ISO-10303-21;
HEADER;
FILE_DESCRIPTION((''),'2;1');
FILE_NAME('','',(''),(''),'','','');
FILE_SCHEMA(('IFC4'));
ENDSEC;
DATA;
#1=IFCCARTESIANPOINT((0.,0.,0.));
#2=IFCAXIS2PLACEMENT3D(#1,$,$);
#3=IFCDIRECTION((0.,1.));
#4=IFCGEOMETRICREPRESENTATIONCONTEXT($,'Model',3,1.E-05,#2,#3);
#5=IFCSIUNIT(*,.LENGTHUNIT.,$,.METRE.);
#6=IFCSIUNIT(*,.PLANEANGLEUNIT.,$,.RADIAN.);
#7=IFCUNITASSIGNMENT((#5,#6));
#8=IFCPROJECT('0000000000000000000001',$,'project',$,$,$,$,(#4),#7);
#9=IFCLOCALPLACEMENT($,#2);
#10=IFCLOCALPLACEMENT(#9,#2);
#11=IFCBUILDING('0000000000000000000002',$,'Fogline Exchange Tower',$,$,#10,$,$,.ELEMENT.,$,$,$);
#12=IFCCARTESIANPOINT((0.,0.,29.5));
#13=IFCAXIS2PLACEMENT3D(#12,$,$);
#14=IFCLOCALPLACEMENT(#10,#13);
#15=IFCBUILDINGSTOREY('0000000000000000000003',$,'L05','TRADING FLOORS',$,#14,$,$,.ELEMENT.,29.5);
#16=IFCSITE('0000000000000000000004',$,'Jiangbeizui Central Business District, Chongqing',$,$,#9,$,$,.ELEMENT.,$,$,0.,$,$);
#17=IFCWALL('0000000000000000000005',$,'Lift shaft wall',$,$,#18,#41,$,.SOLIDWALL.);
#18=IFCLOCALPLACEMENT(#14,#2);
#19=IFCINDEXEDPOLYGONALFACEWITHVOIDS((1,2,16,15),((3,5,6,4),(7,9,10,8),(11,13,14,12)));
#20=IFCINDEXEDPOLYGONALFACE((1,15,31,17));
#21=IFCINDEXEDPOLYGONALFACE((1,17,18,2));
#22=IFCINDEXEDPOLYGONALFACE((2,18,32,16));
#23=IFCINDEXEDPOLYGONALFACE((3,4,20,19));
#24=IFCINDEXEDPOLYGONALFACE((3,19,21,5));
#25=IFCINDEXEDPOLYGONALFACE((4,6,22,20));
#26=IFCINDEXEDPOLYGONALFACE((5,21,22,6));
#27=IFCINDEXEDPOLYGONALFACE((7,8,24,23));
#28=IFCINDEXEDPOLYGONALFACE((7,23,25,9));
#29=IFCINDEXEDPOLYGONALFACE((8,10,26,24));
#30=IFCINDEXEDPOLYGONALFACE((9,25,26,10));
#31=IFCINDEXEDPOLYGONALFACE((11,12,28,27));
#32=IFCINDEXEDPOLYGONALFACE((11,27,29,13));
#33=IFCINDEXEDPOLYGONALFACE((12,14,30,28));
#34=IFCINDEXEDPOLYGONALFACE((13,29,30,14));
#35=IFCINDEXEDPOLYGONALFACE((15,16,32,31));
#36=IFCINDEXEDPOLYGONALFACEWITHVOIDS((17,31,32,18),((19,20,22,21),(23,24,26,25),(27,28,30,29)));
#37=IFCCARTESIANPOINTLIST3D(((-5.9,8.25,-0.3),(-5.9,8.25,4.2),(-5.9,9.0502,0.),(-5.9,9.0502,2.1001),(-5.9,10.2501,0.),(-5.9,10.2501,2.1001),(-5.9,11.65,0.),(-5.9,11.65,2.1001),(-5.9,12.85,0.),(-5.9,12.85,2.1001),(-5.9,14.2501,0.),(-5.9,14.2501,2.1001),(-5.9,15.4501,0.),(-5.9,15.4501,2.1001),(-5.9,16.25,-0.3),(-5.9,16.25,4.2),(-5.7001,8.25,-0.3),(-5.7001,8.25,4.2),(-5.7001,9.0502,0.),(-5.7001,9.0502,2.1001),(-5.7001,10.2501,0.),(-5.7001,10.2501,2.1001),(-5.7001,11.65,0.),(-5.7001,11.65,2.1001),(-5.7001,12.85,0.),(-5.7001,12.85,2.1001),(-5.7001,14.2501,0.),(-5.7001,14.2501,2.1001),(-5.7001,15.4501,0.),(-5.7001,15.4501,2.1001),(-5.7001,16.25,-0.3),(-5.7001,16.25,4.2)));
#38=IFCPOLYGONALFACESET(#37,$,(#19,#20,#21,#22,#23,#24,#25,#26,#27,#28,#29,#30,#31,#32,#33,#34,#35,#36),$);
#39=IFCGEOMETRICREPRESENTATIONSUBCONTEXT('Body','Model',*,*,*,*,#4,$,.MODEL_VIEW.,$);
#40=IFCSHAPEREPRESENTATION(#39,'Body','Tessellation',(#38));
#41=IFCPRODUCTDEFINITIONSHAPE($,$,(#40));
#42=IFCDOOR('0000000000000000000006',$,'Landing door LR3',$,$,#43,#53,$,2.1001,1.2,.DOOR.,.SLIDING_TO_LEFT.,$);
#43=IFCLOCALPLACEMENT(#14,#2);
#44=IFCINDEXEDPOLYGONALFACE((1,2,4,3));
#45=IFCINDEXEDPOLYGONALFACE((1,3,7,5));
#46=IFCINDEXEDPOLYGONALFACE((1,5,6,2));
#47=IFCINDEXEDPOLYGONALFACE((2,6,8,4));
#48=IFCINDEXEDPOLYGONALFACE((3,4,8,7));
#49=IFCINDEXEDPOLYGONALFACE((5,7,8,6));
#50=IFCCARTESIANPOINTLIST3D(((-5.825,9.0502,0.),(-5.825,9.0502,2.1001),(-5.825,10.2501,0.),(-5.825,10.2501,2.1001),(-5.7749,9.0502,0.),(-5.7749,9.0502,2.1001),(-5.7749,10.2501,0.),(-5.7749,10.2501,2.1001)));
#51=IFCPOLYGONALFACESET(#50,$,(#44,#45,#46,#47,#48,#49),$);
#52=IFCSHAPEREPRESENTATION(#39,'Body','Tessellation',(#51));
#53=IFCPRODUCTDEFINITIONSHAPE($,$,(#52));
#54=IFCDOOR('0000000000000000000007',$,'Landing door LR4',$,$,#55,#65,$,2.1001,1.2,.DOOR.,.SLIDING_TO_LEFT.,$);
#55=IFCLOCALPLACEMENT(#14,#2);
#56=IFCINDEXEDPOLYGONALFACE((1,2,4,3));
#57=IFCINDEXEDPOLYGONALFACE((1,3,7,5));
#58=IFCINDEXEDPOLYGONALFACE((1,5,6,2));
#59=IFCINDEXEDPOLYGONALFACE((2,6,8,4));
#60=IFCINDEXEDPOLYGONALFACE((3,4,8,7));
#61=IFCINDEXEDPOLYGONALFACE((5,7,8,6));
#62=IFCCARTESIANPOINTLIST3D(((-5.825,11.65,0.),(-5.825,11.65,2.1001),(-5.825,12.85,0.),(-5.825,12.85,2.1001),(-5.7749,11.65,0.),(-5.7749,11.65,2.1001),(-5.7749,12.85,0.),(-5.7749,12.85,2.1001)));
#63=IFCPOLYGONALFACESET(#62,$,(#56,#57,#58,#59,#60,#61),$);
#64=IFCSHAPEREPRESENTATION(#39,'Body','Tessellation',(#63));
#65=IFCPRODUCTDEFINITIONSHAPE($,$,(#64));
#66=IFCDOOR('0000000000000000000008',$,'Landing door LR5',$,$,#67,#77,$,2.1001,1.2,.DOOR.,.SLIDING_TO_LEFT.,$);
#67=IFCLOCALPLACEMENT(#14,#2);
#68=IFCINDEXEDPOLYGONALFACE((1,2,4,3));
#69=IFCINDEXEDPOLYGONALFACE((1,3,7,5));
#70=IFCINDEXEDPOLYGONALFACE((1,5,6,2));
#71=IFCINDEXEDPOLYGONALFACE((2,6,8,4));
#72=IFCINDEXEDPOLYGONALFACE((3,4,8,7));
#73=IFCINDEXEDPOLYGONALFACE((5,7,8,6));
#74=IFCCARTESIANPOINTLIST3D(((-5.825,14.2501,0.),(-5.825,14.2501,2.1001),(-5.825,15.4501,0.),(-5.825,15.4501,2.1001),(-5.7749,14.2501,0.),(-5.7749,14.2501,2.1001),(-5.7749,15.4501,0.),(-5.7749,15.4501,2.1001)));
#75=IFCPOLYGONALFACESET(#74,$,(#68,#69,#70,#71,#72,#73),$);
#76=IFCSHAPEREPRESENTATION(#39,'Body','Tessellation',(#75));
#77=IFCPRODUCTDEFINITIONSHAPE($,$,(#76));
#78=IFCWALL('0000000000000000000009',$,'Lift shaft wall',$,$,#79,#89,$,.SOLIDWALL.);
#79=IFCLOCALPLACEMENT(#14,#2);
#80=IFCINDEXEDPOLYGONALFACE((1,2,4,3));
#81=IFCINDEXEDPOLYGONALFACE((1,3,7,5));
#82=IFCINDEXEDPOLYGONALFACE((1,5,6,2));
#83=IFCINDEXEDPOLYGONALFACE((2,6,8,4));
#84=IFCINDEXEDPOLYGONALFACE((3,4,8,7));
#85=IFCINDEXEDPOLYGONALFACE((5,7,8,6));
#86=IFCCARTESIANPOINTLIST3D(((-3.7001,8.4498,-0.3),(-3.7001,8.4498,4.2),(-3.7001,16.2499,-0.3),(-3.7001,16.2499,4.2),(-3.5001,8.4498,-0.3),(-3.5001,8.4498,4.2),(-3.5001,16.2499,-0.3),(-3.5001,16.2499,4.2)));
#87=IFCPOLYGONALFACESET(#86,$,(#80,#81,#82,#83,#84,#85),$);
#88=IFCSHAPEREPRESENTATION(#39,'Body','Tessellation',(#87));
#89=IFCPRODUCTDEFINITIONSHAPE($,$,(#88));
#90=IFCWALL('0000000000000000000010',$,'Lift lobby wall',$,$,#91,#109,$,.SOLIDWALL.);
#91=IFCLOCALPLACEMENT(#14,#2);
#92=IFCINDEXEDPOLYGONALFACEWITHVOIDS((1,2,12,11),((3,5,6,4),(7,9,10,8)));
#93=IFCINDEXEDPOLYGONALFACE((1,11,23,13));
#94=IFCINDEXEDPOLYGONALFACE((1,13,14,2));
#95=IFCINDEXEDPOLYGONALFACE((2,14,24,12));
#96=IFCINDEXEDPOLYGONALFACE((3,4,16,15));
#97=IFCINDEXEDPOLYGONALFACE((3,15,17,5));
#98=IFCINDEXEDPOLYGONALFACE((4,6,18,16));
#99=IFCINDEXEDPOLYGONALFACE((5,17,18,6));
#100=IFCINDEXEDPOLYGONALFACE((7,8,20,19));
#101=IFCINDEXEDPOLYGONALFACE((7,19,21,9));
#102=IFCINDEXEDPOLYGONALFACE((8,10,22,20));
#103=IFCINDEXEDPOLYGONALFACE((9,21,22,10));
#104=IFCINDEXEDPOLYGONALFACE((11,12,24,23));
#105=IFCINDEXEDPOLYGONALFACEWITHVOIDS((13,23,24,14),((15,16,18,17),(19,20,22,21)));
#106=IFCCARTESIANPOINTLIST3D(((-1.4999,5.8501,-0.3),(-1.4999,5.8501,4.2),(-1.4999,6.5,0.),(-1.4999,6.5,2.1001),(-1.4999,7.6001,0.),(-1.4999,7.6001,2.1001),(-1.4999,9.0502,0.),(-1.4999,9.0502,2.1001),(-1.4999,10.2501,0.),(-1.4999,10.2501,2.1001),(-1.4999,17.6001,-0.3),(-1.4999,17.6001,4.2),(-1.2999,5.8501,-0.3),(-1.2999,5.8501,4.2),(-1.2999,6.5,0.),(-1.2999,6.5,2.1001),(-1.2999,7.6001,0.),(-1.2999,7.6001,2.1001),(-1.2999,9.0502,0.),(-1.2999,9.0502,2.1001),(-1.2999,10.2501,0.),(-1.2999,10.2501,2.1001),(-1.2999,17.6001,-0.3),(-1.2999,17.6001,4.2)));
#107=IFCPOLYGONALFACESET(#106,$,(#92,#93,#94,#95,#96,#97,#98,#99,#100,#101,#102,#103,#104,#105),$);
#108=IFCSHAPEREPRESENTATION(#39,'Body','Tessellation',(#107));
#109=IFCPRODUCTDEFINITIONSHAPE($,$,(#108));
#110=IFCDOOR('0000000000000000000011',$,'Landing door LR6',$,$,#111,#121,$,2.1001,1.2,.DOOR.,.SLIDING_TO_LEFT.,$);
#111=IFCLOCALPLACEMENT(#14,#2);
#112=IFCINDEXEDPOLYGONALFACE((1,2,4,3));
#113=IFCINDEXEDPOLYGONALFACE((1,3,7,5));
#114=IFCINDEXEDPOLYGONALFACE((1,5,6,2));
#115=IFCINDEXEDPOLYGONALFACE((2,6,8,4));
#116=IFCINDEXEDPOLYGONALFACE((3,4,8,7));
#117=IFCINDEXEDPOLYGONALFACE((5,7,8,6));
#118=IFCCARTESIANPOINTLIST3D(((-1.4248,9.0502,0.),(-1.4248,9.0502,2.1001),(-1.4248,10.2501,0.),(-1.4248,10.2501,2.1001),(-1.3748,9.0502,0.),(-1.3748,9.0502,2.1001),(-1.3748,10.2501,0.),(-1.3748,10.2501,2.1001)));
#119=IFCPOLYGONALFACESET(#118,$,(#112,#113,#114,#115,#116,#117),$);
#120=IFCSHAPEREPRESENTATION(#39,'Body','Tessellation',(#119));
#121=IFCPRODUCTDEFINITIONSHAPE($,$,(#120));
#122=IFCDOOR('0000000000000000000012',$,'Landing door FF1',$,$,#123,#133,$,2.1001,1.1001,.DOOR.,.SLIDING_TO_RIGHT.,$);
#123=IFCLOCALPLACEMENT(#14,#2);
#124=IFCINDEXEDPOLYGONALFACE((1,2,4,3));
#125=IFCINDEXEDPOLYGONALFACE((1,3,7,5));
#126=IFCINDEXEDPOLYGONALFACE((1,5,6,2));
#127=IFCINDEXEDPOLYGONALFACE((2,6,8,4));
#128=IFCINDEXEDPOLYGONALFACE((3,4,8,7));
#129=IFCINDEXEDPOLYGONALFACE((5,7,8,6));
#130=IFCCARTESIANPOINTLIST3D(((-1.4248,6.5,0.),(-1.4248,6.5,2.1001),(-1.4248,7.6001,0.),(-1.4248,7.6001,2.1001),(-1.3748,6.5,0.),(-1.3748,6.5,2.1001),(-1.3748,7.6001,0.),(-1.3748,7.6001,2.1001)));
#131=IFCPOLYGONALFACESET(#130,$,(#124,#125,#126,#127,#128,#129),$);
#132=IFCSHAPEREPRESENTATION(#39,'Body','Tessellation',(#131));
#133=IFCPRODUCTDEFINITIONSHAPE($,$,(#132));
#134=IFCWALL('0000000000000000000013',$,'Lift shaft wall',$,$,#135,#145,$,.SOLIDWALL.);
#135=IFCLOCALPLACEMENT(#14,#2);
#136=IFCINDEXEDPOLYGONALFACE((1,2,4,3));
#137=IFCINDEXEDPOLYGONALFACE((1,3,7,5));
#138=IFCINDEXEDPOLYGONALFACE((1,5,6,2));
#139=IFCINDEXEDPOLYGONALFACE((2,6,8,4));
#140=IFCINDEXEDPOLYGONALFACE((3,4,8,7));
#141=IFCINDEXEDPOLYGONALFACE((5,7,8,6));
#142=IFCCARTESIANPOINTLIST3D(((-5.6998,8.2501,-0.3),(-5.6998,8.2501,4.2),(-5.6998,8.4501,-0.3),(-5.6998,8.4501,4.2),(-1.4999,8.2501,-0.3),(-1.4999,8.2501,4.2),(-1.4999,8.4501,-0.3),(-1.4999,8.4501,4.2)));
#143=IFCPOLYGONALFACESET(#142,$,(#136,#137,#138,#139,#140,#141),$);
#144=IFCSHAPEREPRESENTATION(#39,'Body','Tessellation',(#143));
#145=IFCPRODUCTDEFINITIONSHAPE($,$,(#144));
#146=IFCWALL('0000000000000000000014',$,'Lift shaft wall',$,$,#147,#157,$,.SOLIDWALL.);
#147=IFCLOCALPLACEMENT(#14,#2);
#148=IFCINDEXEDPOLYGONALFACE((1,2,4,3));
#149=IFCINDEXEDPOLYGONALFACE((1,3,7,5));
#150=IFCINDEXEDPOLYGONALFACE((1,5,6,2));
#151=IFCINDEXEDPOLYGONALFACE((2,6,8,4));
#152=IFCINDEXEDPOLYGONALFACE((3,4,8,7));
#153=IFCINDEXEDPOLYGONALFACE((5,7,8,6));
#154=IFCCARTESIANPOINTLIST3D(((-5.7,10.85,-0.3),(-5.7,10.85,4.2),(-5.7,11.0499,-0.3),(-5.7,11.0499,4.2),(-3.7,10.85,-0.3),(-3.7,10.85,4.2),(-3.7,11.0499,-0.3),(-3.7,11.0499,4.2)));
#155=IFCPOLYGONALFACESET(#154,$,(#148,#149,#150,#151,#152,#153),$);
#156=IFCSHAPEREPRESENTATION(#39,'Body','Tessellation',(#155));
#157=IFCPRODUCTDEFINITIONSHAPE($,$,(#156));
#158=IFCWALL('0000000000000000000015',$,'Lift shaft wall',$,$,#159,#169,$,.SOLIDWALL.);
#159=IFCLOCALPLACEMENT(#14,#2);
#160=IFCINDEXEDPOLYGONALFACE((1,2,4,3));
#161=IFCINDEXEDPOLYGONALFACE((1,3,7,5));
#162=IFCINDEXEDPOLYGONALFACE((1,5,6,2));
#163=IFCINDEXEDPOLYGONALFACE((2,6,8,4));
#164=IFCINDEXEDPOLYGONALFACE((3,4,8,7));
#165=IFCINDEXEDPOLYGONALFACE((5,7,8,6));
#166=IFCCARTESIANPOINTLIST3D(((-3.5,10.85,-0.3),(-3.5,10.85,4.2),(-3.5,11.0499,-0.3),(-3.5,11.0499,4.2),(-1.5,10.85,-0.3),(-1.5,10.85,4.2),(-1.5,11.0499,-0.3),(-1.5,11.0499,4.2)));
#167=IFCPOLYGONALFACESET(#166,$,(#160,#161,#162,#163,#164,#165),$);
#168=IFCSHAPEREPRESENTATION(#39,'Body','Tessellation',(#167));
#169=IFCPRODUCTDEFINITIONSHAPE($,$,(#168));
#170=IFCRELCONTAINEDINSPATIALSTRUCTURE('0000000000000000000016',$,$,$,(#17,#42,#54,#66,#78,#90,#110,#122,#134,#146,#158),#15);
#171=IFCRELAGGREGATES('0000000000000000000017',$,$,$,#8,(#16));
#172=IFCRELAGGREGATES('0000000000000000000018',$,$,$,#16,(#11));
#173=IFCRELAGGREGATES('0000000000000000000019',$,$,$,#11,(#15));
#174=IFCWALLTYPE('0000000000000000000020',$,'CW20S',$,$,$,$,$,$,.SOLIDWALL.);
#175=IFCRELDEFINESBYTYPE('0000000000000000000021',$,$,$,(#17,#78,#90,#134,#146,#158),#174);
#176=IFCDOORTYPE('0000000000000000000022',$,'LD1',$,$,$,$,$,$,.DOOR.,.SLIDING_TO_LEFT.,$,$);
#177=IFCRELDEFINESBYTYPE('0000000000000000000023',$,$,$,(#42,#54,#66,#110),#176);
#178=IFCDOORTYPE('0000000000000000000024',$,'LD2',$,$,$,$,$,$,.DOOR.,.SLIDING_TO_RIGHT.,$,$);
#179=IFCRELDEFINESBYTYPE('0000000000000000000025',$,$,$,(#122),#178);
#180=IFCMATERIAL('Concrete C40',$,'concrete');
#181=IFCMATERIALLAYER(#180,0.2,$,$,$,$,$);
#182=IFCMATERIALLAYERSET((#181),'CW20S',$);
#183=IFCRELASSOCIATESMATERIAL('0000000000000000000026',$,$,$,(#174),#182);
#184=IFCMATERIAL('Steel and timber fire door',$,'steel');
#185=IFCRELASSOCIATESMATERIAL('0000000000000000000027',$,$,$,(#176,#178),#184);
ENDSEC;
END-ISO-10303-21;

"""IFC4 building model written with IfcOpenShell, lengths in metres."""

from ifc_helpers import new_model, si_unit, direction, frame, frame_2d, origin, place, context, subcontext, project, spatial, rectangle, extrude, material, layer, layer_set, type_object, element, fill, save


model = new_model("IFC4")

# Units and contexts
model_context = context("Model", 3, precision=1e-05, world=origin(), true_north=direction((0.0, 1.0)))
body_context = subcontext(model_context, "Body", "Model", "MODEL_VIEW")
ifc_project = project(units=[si_unit("LENGTHUNIT", "METRE"), si_unit("PLANEANGLEUNIT", "RADIAN")], contexts=[model_context])

# Site, building, storey
site_placement = place(None, origin())
site = spatial("IfcSite", under=ifc_project, at=site_placement, Name="Jiangbeizui Central Business District, Chongqing", CompositionType="ELEMENT", RefElevation=0.0)
building_placement = place(site_placement, origin())
building = spatial("IfcBuilding", under=site, at=building_placement, Name="Fogline Exchange Tower", CompositionType="ELEMENT")
storey_placement = place(building_placement, frame((0.0, 0.0, 29.5)))
storey = spatial("IfcBuildingStorey", under=building, at=storey_placement, Name="L05", Description="TRADING FLOORS", CompositionType="ELEMENT", Elevation=29.5)

# Shared definitions
ifc_material_1 = material(Name="Concrete C40", Category="concrete")
ifc_material_2 = material(Name="Steel and timber fire door", Category="steel")

# Wall, openings, doors
ifc_layer_1 = layer(ifc_material_1, 0.2)
ifc_layer_set_1 = layer_set([ifc_layer_1], Name="CW20S")
wall_type_1 = type_object("IfcWallType", Name="CW20S", PredefinedType="SOLIDWALL", material=ifc_layer_set_1)
door_type_1 = type_object("IfcDoorType", Name="LD1", OperationType="SLIDING_TO_LEFT", PredefinedType="DOOR", material=ifc_material_2)
wall_1_placement = place(storey_placement, frame((-5.8, 8.25, -0.3), z_axis=(0.0, 0.0, 1.0), x_axis=(0.0, 1.0, 0.0)))
wall_1 = element("IfcWall", 1, at=wall_1_placement, inside=storey, type_object=wall_type_1, Name="Lift shaft wall", PredefinedType="SOLIDWALL", context=body_context, shape_type="SweptSolid", body=[
    extrude(rectangle(XDim=8.0, YDim=0.2, at=frame_2d((4.0, 0.0))), origin(), (0.0, 0.0, 1.0), 4.5),
])
opening_1_placement = place(wall_1_placement, frame((0.8, 0.0, 0.3)))
opening_1 = element("IfcOpeningElement", 2, at=opening_1_placement, cuts=wall_1, PredefinedType="OPENING", context=body_context, shape_type="SweptSolid", body=[
    extrude(rectangle(XDim=1.2, YDim=2.1001, at=frame_2d((0.6001, 1.05))), frame((0.0, 0.1099, 0.0), z_axis=(0.0, -1.0, 0.0), x_axis=(1.0, 0.0, 0.0)), (0.0, 0.0, 1.0), 0.22),
])
opening_2_placement = place(wall_1_placement, frame((3.3999, 0.0, 0.3)))
opening_2 = element("IfcOpeningElement", 3, at=opening_2_placement, cuts=wall_1, PredefinedType="OPENING", context=body_context, shape_type="SweptSolid", body=[
    extrude(rectangle(XDim=1.2, YDim=2.1001, at=frame_2d((0.6001, 1.05))), frame((0.0, 0.1099, 0.0), z_axis=(0.0, -1.0, 0.0), x_axis=(1.0, 0.0, 0.0)), (0.0, 0.0, 1.0), 0.22),
])
opening_3_placement = place(wall_1_placement, frame((6.0, 0.0, 0.3)))
opening_3 = element("IfcOpeningElement", 4, at=opening_3_placement, cuts=wall_1, PredefinedType="OPENING", context=body_context, shape_type="SweptSolid", body=[
    extrude(rectangle(XDim=1.2, YDim=2.1001, at=frame_2d((0.6001, 1.05))), frame((0.0, 0.1099, 0.0), z_axis=(0.0, -1.0, 0.0), x_axis=(1.0, 0.0, 0.0)), (0.0, 0.0, 1.0), 0.22),
])
door_1_placement = place(opening_1_placement, origin())
door_1 = element("IfcDoor", 5, at=door_1_placement, inside=storey, type_object=door_type_1, Name="Landing door LR3", OperationType="SLIDING_TO_LEFT", OverallHeight=2.1001, OverallWidth=1.2, PredefinedType="DOOR", context=body_context, shape_type="SweptSolid", body=[
    extrude(rectangle(XDim=1.2, YDim=2.1001, at=frame_2d((0.6001, 1.05))), frame((0.0, 0.0249, 0.0), z_axis=(0.0, -1.0, 0.0), x_axis=(1.0, 0.0, 0.0)), (0.0, 0.0, 1.0), 0.05),
])
fill(opening_1, door_1)
door_2_placement = place(opening_2_placement, origin())
door_2 = element("IfcDoor", 6, at=door_2_placement, inside=storey, type_object=door_type_1, Name="Landing door LR4", OperationType="SLIDING_TO_LEFT", OverallHeight=2.1001, OverallWidth=1.2, PredefinedType="DOOR", context=body_context, shape_type="SweptSolid", body=[
    extrude(rectangle(XDim=1.2, YDim=2.1001, at=frame_2d((0.6001, 1.05))), frame((0.0, 0.0249, 0.0), z_axis=(0.0, -1.0, 0.0), x_axis=(1.0, 0.0, 0.0)), (0.0, 0.0, 1.0), 0.05),
])
fill(opening_2, door_2)
door_3_placement = place(opening_3_placement, origin())
door_3 = element("IfcDoor", 7, at=door_3_placement, inside=storey, type_object=door_type_1, Name="Landing door LR5", OperationType="SLIDING_TO_LEFT", OverallHeight=2.1001, OverallWidth=1.2, PredefinedType="DOOR", context=body_context, shape_type="SweptSolid", body=[
    extrude(rectangle(XDim=1.2, YDim=2.1001, at=frame_2d((0.6001, 1.05))), frame((0.0, 0.0249, 0.0), z_axis=(0.0, -1.0, 0.0), x_axis=(1.0, 0.0, 0.0)), (0.0, 0.0, 1.0), 0.05),
])
fill(opening_3, door_3)

# Wall
wall_2_placement = place(storey_placement, frame((-3.6001, 8.45, -0.3), z_axis=(0.0, 0.0, 1.0), x_axis=(0.0, 1.0, 0.0)))
element("IfcWall", 8, at=wall_2_placement, inside=storey, type_object=wall_type_1, Name="Lift shaft wall", PredefinedType="SOLIDWALL", context=body_context, shape_type="SweptSolid", body=[
    extrude(rectangle(XDim=7.8, YDim=0.2, at=frame_2d((3.8999, 0.0))), origin(), (0.0, 0.0, 1.0), 4.5),
])

# Wall, openings, doors
wall_3_placement = place(storey_placement, frame((-1.3999, 5.8501, -0.3), z_axis=(0.0, 0.0, 1.0), x_axis=(0.0, 1.0, 0.0)))
wall_3 = element("IfcWall", 9, at=wall_3_placement, inside=storey, type_object=wall_type_1, Name="Lift lobby wall", PredefinedType="SOLIDWALL", context=body_context, shape_type="SweptSolid", body=[
    extrude(rectangle(XDim=11.75, YDim=0.2, at=frame_2d((5.875, 0.0))), origin(), (0.0, 0.0, 1.0), 4.5),
])
opening_4_placement = place(wall_3_placement, frame((3.2, 0.0, 0.3)))
opening_4 = element("IfcOpeningElement", 10, at=opening_4_placement, cuts=wall_3, PredefinedType="OPENING", context=body_context, shape_type="SweptSolid", body=[
    extrude(rectangle(XDim=1.2, YDim=2.1001, at=frame_2d((0.6001, 1.05))), frame((0.0, 0.1099, 0.0), z_axis=(0.0, -1.0, 0.0), x_axis=(1.0, 0.0, 0.0)), (0.0, 0.0, 1.0), 0.22),
])
opening_5_placement = place(wall_3_placement, frame((0.6499, 0.0, 0.3)))
opening_5 = element("IfcOpeningElement", 11, at=opening_5_placement, cuts=wall_3, PredefinedType="OPENING", context=body_context, shape_type="SweptSolid", body=[
    extrude(rectangle(XDim=1.1001, YDim=2.1001, at=frame_2d((0.55, 1.05))), frame((0.0, 0.1099, 0.0), z_axis=(0.0, -1.0, 0.0), x_axis=(1.0, 0.0, 0.0)), (0.0, 0.0, 1.0), 0.22),
])
door_4_placement = place(opening_4_placement, origin())
door_4 = element("IfcDoor", 12, at=door_4_placement, inside=storey, type_object=door_type_1, Name="Landing door LR6", OperationType="SLIDING_TO_LEFT", OverallHeight=2.1001, OverallWidth=1.2, PredefinedType="DOOR", context=body_context, shape_type="SweptSolid", body=[
    extrude(rectangle(XDim=1.2, YDim=2.1001, at=frame_2d((0.6001, 1.05))), frame((0.0, 0.0249, 0.0), z_axis=(0.0, -1.0, 0.0), x_axis=(1.0, 0.0, 0.0)), (0.0, 0.0, 1.0), 0.05),
])
fill(opening_4, door_4)
door_type_2 = type_object("IfcDoorType", Name="LD2", OperationType="SLIDING_TO_RIGHT", PredefinedType="DOOR", material=ifc_material_2)
door_5_placement = place(opening_5_placement, origin())
door_5 = element("IfcDoor", 13, at=door_5_placement, inside=storey, type_object=door_type_2, Name="Landing door FF1", OperationType="SLIDING_TO_RIGHT", OverallHeight=2.1001, OverallWidth=1.1001, PredefinedType="DOOR", context=body_context, shape_type="SweptSolid", body=[
    extrude(rectangle(XDim=1.1001, YDim=2.1001, at=frame_2d((0.55, 1.05))), frame((0.0, 0.0249, 0.0), z_axis=(0.0, -1.0, 0.0), x_axis=(1.0, 0.0, 0.0)), (0.0, 0.0, 1.0), 0.05),
])
fill(opening_5, door_5)

# Walls
wall_4_placement = place(storey_placement, frame((-5.7, 8.3501, -0.3), z_axis=(0.0, 0.0, 1.0), x_axis=(1.0, 0.0, 0.0)))
element("IfcWall", 14, at=wall_4_placement, inside=storey, type_object=wall_type_1, Name="Lift shaft wall", PredefinedType="SOLIDWALL", context=body_context, shape_type="SweptSolid", body=[
    extrude(rectangle(XDim=4.2, YDim=0.2, at=frame_2d((2.1001, 0.0))), origin(), (0.0, 0.0, 1.0), 4.5),
])
for number, where, z_axis, x_axis, name in (
    (15, (-5.7, 10.95, -0.3), (0.0, 0.0, 1.0), (1.0, 0.0, 0.0), "Lift shaft wall"),
    (16, (-3.5, 10.95, -0.3), (0.0, 0.0, 1.0), (1.0, 0.0, 0.0), "Lift shaft wall"),
):
    element("IfcWall", number, at=place(storey_placement, frame(where, z_axis=z_axis, x_axis=x_axis)), inside=storey, type_object=wall_type_1, Name=name, PredefinedType="SOLIDWALL", context=body_context, shape_type="SweptSolid", body=[
        extrude(rectangle(XDim=2.0, YDim=0.2, at=frame_2d((1.0, 0.0))), origin(), (0.0, 0.0, 1.0), 4.5),
    ])

save(model, "model.ifc")
